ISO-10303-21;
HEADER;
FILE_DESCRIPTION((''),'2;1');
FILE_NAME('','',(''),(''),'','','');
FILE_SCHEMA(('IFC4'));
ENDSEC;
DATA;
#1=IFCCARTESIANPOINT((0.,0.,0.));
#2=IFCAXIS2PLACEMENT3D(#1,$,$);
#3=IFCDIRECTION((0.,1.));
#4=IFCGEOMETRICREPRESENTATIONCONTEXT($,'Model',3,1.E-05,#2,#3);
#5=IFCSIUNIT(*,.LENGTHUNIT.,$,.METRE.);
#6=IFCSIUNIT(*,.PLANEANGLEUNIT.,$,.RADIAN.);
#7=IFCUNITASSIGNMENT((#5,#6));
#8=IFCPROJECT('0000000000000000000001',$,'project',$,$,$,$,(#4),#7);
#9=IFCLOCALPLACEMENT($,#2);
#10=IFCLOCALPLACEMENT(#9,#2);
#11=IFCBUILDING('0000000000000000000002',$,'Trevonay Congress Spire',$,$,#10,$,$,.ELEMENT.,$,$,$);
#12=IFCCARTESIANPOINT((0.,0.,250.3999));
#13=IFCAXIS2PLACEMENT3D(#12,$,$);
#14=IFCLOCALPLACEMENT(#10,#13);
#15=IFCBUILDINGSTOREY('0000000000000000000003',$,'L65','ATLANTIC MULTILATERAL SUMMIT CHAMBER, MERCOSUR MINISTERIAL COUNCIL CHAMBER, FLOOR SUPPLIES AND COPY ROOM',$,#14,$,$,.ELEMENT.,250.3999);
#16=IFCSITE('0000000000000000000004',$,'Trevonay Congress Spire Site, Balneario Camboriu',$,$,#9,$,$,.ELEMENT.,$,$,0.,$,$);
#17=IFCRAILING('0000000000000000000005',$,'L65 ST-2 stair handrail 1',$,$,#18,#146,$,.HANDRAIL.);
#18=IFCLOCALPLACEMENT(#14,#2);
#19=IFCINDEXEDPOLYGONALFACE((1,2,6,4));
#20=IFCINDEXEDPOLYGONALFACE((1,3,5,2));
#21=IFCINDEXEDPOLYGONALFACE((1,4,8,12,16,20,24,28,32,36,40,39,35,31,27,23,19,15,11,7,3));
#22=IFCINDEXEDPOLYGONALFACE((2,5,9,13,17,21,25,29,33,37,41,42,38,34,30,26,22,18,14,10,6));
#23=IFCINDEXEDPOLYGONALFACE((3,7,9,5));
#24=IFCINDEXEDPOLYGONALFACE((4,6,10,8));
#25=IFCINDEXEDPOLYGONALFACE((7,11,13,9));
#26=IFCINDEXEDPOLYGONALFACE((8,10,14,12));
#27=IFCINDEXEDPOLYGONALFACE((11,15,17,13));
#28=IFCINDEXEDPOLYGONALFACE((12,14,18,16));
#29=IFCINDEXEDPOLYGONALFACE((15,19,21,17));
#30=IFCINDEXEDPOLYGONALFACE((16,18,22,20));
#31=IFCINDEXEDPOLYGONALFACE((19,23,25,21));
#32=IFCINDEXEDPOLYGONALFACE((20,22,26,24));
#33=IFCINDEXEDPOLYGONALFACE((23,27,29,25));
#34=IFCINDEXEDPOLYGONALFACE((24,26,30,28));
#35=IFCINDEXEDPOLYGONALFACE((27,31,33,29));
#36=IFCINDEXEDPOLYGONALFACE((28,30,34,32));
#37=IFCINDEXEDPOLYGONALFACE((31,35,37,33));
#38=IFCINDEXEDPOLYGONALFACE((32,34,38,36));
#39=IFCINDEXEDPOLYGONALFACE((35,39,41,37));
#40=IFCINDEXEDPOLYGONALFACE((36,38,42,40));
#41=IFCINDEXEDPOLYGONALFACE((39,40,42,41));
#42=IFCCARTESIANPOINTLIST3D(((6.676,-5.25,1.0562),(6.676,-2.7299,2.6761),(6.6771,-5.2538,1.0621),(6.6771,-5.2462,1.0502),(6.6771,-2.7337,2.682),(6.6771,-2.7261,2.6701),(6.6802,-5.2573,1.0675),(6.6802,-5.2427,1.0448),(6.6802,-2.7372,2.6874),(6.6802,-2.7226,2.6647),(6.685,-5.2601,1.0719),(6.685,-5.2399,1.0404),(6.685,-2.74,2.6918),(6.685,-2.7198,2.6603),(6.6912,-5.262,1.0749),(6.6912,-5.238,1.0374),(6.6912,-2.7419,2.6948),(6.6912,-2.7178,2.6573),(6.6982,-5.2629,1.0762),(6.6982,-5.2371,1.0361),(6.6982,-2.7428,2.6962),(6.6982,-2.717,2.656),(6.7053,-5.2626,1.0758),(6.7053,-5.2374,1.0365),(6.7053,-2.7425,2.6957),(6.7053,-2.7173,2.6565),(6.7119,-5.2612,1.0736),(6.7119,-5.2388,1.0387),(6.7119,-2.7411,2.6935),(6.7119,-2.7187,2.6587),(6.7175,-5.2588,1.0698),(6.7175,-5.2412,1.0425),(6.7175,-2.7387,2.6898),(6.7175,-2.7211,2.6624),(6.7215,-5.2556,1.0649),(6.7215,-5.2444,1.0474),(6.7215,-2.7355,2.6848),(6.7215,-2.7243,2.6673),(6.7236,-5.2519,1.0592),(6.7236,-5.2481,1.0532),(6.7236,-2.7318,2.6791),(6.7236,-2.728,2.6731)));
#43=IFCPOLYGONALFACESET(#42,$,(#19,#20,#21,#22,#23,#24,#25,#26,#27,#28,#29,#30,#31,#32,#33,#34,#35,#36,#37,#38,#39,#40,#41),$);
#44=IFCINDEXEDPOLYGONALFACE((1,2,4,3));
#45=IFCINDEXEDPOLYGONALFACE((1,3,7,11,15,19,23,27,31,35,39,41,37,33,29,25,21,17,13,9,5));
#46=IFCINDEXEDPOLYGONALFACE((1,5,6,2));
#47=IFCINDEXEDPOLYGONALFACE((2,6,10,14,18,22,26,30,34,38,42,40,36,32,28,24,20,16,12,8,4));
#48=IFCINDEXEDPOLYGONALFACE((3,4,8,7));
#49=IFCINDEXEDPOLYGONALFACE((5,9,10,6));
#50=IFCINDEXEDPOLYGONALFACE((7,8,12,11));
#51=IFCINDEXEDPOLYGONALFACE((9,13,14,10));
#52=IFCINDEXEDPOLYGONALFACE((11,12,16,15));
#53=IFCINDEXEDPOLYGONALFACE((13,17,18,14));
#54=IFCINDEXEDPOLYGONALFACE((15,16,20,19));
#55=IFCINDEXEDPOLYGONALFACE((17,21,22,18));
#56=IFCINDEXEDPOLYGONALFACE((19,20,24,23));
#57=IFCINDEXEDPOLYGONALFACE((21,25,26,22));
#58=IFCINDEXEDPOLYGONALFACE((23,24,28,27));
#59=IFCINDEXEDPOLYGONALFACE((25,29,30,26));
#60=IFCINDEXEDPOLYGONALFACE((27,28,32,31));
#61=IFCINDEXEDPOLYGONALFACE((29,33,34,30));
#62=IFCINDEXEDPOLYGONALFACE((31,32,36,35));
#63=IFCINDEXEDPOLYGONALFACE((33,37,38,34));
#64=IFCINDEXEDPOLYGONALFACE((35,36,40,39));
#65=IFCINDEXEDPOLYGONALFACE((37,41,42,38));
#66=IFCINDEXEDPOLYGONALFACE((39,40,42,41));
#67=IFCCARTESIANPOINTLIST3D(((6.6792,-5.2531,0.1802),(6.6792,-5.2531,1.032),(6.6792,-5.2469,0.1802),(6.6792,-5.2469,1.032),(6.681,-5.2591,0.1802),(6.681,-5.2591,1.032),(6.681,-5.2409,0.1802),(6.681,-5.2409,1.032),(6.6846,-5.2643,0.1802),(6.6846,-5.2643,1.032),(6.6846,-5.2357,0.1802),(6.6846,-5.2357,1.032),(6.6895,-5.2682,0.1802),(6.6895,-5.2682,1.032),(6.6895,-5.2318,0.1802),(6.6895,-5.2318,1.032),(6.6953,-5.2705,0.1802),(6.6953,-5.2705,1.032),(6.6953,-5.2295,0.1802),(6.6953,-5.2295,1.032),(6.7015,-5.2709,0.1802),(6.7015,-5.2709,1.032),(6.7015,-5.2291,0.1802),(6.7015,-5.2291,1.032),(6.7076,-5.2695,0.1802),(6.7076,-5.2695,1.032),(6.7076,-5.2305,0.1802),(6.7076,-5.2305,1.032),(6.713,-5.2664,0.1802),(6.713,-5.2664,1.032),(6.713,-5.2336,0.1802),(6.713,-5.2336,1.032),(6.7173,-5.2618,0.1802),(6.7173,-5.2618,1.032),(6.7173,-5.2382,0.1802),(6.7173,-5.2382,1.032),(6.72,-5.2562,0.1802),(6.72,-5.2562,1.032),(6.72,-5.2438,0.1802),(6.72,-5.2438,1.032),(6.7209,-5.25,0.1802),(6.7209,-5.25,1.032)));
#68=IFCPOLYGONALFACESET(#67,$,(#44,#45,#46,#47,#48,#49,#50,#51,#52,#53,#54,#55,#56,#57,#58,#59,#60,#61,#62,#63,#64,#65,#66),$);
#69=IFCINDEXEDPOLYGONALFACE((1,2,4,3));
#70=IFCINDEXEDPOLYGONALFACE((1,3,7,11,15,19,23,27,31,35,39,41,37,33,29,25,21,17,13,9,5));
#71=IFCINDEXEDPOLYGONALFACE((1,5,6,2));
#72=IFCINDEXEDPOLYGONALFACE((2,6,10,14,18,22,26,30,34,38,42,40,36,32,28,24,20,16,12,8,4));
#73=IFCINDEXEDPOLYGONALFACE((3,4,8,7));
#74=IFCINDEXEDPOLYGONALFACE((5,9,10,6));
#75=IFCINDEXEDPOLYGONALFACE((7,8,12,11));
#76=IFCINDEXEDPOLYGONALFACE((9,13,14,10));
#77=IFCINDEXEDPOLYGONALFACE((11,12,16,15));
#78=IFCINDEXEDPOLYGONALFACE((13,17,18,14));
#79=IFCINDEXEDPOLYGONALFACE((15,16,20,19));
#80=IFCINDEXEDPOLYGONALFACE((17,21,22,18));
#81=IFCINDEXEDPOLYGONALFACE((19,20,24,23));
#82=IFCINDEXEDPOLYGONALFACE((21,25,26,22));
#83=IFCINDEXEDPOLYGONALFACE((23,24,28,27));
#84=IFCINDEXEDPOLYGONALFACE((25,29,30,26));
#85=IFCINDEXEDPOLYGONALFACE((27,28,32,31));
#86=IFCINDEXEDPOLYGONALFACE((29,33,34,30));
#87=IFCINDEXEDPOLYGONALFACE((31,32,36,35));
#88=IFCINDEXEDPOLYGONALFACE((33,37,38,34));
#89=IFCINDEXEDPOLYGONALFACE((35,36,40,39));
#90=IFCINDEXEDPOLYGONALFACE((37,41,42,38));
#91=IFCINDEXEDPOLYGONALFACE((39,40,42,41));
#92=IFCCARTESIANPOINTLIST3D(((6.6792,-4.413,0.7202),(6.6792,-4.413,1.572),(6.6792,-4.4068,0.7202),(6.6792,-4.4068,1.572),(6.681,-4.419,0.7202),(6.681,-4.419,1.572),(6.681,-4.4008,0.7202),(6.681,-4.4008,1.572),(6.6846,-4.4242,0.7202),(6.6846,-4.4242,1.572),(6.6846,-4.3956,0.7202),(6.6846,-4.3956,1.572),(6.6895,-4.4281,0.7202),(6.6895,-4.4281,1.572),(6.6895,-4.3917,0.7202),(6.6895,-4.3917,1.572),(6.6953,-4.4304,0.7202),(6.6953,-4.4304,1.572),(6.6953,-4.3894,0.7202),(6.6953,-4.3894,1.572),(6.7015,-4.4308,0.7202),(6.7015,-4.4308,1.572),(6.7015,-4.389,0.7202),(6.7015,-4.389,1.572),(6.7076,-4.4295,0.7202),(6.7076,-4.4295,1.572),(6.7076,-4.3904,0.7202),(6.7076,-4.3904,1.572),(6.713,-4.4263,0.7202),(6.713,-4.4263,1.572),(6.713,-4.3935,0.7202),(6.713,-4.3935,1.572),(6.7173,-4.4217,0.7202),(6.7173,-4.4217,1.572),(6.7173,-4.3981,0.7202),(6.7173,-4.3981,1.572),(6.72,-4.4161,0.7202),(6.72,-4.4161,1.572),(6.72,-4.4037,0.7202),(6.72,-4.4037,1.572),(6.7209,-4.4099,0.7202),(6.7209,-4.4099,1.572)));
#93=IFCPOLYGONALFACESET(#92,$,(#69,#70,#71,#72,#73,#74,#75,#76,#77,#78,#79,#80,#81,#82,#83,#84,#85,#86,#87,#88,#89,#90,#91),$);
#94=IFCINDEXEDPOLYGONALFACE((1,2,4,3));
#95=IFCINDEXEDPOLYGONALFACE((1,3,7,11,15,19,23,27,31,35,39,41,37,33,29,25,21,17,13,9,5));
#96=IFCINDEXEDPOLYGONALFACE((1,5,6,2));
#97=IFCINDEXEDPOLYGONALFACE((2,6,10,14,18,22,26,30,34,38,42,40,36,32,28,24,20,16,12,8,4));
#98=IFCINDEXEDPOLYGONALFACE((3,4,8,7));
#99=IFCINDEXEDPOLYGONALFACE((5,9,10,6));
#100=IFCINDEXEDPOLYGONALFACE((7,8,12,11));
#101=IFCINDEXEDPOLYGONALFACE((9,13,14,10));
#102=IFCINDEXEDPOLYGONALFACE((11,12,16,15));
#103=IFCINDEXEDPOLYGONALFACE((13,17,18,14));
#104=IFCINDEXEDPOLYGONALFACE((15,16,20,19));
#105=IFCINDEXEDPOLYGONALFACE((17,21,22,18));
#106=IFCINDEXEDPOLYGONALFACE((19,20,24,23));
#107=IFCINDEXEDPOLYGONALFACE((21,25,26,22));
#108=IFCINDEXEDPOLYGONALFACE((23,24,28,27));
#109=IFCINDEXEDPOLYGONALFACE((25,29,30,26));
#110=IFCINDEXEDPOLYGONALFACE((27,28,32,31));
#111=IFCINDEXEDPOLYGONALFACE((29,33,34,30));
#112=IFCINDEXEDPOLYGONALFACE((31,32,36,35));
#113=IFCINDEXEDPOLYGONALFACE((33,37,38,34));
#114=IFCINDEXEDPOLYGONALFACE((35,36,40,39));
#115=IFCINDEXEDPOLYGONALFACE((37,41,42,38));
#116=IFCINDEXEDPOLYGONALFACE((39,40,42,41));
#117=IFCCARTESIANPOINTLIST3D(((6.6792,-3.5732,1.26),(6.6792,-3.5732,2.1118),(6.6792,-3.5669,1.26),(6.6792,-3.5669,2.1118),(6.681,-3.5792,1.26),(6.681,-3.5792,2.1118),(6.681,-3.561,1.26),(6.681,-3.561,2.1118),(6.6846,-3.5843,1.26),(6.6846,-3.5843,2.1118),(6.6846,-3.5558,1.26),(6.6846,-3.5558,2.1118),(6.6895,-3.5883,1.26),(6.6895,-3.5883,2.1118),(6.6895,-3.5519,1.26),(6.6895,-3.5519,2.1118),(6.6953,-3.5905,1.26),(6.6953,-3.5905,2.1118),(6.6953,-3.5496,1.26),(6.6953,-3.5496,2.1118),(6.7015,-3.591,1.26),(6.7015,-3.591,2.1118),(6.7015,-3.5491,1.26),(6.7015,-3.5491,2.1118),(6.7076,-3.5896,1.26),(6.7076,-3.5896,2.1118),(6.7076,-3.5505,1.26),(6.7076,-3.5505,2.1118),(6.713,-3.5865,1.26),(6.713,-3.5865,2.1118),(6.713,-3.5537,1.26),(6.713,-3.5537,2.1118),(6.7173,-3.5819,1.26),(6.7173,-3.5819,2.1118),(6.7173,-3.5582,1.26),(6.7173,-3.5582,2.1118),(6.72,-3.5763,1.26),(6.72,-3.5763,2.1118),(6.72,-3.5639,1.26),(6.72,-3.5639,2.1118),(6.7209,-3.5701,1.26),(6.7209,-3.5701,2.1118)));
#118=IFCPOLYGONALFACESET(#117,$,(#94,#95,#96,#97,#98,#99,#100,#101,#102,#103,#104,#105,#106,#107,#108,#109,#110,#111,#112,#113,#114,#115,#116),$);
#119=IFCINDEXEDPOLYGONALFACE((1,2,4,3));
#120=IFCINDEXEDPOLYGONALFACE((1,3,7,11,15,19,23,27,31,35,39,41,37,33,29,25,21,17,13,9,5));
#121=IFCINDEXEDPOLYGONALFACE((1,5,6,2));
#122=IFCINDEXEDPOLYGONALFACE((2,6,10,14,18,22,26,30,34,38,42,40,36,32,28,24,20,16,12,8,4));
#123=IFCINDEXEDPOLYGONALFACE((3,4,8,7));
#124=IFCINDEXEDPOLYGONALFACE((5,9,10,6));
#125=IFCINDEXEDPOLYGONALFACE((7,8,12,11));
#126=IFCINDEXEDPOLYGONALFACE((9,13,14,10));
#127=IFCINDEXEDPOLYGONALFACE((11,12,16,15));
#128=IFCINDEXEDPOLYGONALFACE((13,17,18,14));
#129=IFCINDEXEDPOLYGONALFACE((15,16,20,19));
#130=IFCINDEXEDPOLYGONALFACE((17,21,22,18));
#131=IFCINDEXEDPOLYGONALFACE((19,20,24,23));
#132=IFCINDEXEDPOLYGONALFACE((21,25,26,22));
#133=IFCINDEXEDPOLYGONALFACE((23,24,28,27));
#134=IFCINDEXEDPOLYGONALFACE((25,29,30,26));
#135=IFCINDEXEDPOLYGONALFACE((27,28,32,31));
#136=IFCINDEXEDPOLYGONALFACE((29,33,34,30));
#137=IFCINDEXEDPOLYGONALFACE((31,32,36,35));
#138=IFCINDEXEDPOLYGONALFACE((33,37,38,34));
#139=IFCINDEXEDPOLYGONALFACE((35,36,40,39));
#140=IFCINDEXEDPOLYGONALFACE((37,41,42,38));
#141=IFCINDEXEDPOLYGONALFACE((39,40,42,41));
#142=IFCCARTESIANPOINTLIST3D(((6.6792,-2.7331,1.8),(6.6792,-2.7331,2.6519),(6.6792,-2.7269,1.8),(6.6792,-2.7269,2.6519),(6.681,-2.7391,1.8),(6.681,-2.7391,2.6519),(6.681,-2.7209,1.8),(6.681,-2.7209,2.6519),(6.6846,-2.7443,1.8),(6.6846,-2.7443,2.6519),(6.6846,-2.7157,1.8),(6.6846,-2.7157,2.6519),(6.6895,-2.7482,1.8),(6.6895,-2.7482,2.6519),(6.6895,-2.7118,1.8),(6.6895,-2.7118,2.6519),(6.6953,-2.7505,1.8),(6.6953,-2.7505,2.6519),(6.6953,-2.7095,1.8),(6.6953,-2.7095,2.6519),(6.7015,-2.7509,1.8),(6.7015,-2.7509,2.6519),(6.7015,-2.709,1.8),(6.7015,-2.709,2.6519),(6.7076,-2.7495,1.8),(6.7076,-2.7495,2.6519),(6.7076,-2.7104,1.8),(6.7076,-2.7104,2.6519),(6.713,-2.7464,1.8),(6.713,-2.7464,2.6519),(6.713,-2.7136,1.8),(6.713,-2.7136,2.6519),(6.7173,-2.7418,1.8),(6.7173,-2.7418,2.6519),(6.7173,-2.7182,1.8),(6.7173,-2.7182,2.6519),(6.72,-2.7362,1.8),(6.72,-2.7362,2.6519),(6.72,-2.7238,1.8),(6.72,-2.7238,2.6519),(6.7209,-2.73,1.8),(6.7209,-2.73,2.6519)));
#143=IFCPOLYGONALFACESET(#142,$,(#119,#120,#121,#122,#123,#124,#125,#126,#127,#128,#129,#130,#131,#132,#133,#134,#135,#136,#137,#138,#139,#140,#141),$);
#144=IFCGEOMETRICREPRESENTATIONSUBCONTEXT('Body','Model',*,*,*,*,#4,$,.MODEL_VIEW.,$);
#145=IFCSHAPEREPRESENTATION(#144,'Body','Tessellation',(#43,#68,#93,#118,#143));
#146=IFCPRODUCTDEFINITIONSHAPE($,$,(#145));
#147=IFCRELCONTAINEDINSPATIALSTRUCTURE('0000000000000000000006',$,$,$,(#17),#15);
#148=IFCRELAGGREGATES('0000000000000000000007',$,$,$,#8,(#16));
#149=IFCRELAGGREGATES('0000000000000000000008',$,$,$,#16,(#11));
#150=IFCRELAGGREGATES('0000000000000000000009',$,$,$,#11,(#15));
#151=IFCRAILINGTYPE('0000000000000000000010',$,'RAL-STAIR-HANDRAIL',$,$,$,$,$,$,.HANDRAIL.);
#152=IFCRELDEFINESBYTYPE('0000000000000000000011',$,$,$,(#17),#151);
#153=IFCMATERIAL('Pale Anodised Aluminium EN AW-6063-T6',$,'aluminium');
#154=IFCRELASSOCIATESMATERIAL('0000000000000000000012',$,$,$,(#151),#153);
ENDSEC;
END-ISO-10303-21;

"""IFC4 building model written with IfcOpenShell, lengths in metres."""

from ifc_helpers import new_model, si_unit, direction, frame, origin, origin_2d, place, context, subcontext, project, spatial, circle, extrude, material, type_object, element, save


model = new_model("IFC4")

# Units and contexts
model_context = context("Model", 3, precision=1e-05, world=origin(), true_north=direction((0.0, 1.0)))
body_context = subcontext(model_context, "Body", "Model", "MODEL_VIEW")
ifc_project = project(units=[si_unit("LENGTHUNIT", "METRE"), si_unit("PLANEANGLEUNIT", "RADIAN")], contexts=[model_context])

# Site, building, storey
site_placement = place(None, origin())
site = spatial("IfcSite", under=ifc_project, at=site_placement, Name="Trevonay Congress Spire Site, Balneario Camboriu", CompositionType="ELEMENT", RefElevation=0.0)
building_placement = place(site_placement, origin())
building = spatial("IfcBuilding", under=site, at=building_placement, Name="Trevonay Congress Spire", CompositionType="ELEMENT")
storey_placement = place(building_placement, frame((0.0, 0.0, 250.3999)))
storey = spatial("IfcBuildingStorey", under=building, at=storey_placement, Name="L65", Description="ATLANTIC MULTILATERAL SUMMIT CHAMBER, MERCOSUR MINISTERIAL COUNCIL CHAMBER, FLOOR SUPPLIES AND COPY ROOM", CompositionType="ELEMENT", Elevation=250.3999)

# Shared definitions
ifc_material_1 = material(Name="Pale Anodised Aluminium EN AW-6063-T6", Category="aluminium")

# Railing
railing_type_1 = type_object("IfcRailingType", Name="RAL-STAIR-HANDRAIL", PredefinedType="HANDRAIL", material=ifc_material_1)
railing_1_placement = place(storey_placement, frame((6.7, -5.25, 0.1802)))
element("IfcRailing", 1, at=railing_1_placement, inside=storey, type_object=railing_type_1, Name="L65 ST-2 stair handrail 1", PredefinedType="HANDRAIL", context=body_context, shape_type="SweptSolid", body=[
    extrude(circle(Radius=0.0239, at=origin_2d()), frame((0.0, 0.0, 0.876), z_axis=(0.0, 0.8412, 0.540725), x_axis=(-1.0, 0.0, 0.0)), (0.0, 0.0, 1.0), 2.9958),
    extrude(circle(Radius=0.021, at=origin_2d()), origin(), (0.0, 0.0, 1.0), 0.8518),
    extrude(circle(Radius=0.021, at=origin_2d()), frame((0.0, 0.8401, 0.54)), (0.0, 0.0, 1.0), 0.8518),
    extrude(circle(Radius=0.021, at=origin_2d()), frame((0.0, 1.6799, 1.0798)), (0.0, 0.0, 1.0), 0.8518),
    extrude(circle(Radius=0.021, at=origin_2d()), frame((0.0, 2.52, 1.6199)), (0.0, 0.0, 1.0), 0.8518),
])

save(model, "model.ifc")
